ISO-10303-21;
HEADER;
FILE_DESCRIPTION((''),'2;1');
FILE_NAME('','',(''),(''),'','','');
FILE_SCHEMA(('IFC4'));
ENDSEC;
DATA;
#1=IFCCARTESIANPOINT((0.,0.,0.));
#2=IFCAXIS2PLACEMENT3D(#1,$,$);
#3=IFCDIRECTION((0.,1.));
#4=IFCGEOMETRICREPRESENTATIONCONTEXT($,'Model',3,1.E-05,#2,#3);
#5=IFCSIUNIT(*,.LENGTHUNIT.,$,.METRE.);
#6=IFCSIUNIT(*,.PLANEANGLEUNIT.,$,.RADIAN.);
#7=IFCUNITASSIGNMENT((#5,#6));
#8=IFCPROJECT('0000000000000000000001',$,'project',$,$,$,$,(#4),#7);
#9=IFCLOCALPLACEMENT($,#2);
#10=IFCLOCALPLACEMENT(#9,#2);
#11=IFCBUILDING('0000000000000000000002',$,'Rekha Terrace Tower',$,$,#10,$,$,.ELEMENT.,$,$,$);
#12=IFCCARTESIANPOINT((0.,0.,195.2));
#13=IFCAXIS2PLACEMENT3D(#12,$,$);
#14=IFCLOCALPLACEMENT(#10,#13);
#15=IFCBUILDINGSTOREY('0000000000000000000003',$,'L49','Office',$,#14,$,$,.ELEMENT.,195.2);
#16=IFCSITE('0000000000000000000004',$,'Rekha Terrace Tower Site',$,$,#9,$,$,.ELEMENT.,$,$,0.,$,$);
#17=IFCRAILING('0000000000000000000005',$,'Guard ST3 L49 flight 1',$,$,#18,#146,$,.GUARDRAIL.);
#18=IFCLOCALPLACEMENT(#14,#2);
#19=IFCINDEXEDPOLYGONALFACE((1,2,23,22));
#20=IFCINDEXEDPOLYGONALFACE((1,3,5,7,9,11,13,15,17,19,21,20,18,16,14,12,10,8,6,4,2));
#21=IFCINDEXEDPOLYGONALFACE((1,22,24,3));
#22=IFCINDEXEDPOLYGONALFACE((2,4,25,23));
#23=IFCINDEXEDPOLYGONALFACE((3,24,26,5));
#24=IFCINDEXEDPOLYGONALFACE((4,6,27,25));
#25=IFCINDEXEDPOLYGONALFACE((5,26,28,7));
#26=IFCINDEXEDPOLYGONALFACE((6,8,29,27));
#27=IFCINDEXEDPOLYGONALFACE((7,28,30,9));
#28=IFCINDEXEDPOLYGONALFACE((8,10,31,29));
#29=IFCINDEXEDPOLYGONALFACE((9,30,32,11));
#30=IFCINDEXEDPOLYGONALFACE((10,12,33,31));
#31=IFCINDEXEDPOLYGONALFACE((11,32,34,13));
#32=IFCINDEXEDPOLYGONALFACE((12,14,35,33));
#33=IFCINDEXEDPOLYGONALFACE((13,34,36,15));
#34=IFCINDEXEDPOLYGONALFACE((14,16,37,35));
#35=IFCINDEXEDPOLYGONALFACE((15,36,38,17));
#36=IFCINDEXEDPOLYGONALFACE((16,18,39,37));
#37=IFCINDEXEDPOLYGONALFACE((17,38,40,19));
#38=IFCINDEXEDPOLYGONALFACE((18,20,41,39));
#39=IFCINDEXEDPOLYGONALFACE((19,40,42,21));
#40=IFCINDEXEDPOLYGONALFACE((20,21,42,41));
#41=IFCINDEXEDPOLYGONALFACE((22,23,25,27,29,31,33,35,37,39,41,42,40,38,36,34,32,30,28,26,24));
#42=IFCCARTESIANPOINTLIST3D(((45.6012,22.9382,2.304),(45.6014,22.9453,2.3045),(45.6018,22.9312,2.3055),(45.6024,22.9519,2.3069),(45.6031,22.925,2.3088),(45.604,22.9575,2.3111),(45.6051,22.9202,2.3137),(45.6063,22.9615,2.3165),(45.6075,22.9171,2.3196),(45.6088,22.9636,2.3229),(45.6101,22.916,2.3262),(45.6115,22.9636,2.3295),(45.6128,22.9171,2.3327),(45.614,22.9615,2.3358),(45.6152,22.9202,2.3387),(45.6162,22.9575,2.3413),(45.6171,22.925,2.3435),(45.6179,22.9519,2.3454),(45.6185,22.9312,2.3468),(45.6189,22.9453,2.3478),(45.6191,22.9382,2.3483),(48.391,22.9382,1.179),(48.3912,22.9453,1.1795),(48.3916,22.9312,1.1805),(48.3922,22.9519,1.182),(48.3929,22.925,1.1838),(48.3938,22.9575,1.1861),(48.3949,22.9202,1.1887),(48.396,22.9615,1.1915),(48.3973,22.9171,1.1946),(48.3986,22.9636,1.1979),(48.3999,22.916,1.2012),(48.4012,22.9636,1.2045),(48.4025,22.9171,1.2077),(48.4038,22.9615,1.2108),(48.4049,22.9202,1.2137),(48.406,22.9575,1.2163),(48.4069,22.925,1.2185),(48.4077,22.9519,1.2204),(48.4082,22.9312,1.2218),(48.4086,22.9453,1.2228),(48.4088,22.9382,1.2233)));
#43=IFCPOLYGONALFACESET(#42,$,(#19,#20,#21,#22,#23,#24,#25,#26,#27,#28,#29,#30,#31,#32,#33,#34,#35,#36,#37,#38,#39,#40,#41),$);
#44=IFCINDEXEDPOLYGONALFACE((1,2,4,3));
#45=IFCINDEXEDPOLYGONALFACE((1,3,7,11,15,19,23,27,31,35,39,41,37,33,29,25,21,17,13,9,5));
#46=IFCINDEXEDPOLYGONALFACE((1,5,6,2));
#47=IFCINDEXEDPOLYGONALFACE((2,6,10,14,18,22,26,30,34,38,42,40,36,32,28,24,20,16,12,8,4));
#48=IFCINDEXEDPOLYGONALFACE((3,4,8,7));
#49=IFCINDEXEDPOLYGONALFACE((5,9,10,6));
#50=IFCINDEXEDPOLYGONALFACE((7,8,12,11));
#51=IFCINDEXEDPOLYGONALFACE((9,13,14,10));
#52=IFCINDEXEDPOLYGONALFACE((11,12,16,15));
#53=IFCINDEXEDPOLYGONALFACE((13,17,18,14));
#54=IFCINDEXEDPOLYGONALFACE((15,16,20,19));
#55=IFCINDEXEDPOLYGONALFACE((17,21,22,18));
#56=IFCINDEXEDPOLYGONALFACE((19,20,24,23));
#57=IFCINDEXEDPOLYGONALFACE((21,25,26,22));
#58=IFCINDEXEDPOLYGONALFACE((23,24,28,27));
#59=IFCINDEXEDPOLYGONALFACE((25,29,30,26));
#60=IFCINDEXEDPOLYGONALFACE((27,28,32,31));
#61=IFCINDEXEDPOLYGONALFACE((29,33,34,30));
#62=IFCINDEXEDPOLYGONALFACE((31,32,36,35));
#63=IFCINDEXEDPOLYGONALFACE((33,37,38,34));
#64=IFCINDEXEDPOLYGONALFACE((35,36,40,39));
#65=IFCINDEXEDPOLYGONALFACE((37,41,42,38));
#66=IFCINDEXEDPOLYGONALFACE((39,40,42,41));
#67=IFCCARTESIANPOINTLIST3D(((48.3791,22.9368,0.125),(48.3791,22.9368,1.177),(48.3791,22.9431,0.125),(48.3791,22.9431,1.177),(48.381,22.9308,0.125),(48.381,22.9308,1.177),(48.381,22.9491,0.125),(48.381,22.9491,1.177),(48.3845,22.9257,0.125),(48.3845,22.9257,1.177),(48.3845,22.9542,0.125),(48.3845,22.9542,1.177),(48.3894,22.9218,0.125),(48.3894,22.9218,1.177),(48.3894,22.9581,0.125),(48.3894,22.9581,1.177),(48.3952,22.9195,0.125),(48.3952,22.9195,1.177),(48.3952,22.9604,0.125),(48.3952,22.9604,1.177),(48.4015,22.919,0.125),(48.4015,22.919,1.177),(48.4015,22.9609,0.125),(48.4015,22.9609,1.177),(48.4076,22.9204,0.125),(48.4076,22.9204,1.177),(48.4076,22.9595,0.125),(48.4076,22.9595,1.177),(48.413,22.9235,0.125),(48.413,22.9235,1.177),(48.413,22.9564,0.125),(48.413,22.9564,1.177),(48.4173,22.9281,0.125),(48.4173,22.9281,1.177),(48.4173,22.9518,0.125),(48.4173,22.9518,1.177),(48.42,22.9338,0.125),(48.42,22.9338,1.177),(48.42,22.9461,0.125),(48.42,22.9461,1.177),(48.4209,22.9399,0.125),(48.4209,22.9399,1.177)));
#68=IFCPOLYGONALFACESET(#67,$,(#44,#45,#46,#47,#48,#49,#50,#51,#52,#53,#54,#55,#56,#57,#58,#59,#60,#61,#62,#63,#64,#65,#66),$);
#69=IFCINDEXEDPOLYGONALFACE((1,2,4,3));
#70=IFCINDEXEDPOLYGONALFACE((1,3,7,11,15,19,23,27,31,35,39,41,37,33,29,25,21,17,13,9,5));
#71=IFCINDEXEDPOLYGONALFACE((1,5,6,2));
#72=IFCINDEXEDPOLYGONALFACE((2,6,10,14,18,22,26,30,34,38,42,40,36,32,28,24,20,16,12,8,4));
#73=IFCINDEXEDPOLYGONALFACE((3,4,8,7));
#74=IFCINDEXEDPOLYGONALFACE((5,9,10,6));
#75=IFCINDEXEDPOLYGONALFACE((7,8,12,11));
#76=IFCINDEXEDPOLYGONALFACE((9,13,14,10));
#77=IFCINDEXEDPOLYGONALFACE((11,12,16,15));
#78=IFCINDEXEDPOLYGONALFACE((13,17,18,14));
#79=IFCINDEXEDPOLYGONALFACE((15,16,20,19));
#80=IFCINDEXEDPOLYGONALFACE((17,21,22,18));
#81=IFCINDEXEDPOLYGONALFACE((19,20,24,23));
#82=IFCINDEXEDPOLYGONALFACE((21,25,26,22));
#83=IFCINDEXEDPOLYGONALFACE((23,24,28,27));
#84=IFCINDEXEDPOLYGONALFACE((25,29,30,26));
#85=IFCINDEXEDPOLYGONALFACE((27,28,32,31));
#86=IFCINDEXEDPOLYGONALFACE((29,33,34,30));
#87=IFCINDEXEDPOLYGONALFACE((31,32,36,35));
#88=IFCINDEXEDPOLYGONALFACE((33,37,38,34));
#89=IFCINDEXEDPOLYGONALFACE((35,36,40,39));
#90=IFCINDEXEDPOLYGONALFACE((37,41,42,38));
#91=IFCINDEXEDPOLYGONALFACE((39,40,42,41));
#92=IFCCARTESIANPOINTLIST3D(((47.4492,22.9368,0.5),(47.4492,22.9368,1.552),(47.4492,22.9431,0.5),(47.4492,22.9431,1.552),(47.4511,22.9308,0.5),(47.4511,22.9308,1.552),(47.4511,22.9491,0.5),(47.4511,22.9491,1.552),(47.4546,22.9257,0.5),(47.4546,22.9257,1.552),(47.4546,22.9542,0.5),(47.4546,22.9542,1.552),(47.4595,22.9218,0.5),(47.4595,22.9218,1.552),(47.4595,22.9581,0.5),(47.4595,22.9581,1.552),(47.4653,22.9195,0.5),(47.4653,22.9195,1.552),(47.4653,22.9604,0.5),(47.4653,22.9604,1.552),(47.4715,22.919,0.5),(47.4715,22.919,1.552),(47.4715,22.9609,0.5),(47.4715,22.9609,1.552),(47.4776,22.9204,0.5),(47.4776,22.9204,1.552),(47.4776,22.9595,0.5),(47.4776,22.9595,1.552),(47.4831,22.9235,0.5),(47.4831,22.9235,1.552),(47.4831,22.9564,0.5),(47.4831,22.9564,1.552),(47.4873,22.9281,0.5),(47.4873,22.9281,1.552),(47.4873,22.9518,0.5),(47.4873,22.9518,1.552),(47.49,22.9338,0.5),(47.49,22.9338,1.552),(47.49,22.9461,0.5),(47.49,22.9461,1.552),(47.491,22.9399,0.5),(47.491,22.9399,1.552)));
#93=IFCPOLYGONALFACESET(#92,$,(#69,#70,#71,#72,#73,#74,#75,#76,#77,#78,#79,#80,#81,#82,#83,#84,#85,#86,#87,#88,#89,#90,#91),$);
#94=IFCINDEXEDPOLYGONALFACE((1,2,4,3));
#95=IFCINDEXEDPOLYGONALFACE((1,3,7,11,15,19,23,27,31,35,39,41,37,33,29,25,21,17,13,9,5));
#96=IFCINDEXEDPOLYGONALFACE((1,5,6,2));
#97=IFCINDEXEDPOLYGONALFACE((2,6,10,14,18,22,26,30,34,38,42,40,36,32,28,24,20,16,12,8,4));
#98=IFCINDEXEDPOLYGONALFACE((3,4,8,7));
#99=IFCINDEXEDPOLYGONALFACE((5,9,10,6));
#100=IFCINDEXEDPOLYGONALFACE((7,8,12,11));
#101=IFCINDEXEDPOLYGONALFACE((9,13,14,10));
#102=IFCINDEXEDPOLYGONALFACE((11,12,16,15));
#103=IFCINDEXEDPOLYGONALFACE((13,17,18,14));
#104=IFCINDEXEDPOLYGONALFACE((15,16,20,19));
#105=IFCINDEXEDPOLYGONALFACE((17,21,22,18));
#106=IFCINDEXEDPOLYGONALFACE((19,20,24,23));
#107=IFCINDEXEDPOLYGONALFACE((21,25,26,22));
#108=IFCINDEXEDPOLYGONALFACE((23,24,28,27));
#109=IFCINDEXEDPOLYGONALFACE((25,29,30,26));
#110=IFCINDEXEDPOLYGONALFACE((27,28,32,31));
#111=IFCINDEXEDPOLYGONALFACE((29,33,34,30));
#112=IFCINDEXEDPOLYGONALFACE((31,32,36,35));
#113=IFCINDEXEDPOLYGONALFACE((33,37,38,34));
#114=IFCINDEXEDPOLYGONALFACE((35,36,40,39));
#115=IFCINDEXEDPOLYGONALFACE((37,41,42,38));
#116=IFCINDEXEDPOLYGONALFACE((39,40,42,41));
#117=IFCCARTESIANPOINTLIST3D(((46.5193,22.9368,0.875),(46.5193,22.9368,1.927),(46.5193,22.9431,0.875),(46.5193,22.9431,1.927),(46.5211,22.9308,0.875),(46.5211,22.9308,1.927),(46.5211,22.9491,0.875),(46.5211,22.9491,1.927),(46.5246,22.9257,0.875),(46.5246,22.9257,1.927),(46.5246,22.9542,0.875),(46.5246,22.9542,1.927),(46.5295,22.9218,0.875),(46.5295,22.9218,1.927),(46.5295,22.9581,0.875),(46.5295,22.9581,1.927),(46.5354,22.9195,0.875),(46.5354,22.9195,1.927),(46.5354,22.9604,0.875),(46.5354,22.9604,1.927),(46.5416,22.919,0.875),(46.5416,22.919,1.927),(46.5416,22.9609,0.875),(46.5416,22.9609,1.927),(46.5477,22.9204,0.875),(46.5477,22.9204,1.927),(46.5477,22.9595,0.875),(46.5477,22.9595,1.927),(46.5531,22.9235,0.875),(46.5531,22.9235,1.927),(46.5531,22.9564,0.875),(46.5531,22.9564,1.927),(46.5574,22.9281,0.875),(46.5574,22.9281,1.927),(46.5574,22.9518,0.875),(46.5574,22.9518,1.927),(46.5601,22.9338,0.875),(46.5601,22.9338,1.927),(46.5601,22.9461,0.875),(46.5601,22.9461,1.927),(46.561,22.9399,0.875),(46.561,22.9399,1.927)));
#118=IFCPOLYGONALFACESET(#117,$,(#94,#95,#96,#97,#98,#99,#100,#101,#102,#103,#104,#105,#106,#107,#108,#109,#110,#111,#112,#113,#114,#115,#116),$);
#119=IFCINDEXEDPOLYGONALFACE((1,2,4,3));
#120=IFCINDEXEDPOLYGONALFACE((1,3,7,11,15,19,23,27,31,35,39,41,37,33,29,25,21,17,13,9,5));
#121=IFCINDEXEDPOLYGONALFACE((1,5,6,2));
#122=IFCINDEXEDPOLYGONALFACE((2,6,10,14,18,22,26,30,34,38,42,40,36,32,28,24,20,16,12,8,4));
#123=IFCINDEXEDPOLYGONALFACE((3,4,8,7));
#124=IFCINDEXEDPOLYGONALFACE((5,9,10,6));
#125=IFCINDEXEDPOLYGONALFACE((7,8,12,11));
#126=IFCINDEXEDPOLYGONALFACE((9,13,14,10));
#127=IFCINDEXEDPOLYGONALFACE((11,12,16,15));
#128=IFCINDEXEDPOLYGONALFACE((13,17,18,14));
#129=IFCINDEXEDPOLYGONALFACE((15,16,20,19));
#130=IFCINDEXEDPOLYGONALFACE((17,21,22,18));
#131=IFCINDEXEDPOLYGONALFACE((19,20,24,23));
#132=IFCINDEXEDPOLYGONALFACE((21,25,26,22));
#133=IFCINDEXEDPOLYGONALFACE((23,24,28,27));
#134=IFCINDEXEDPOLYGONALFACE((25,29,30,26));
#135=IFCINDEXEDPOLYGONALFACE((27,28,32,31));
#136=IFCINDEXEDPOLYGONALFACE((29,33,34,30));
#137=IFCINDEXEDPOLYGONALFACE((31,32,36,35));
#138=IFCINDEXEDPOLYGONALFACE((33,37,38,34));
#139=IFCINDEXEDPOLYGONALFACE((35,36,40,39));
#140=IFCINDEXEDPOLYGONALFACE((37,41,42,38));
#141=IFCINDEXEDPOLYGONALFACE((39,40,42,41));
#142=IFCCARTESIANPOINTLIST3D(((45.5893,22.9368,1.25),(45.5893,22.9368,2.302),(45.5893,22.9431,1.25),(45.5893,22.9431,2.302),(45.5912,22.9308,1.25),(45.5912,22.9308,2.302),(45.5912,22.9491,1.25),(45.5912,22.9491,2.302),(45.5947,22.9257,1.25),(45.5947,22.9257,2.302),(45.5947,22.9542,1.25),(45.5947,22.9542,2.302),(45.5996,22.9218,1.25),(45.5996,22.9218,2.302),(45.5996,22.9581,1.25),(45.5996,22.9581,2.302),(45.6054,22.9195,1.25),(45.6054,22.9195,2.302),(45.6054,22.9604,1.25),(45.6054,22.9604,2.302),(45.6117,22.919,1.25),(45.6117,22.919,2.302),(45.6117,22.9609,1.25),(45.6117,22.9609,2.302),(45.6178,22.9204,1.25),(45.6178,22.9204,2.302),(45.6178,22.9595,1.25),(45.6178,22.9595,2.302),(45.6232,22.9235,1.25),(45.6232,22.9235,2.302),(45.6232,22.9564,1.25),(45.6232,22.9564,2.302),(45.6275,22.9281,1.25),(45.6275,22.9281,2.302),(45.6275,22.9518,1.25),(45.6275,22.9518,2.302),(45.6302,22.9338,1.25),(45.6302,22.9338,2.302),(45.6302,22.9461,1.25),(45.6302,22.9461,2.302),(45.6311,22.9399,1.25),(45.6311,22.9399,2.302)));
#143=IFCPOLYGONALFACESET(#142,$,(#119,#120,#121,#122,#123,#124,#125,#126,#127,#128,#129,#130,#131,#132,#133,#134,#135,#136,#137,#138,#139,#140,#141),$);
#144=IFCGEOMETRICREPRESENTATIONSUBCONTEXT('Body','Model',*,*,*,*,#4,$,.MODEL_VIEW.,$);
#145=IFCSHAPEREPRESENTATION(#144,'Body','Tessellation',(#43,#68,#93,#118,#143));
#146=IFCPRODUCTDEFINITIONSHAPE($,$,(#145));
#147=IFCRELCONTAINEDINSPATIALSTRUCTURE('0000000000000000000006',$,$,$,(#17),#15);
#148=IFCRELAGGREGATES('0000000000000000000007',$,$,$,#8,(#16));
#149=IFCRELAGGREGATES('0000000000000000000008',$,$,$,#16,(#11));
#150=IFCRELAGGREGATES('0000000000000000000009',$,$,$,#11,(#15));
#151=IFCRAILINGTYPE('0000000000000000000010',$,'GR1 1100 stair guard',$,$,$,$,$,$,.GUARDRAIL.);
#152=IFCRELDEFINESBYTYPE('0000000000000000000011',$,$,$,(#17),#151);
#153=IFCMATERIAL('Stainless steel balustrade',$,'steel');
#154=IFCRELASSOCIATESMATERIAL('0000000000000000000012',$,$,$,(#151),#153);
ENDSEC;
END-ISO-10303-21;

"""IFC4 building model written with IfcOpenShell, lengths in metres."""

from ifc_helpers import new_model, si_unit, direction, frame, origin, origin_2d, place, context, subcontext, project, spatial, circle, extrude, material, type_object, element, save


model = new_model("IFC4")

# Units and contexts
model_context = context("Model", 3, precision=1e-05, world=origin(), true_north=direction((0.0, 1.0)))
body_context = subcontext(model_context, "Body", "Model", "MODEL_VIEW")
ifc_project = project(units=[si_unit("LENGTHUNIT", "METRE"), si_unit("PLANEANGLEUNIT", "RADIAN")], contexts=[model_context])

# Site, building, storey
site_placement = place(None, origin())
site = spatial("IfcSite", under=ifc_project, at=site_placement, Name="Rekha Terrace Tower Site", CompositionType="ELEMENT", RefElevation=0.0)
building_placement = place(site_placement, origin())
building = spatial("IfcBuilding", under=site, at=building_placement, Name="Rekha Terrace Tower", CompositionType="ELEMENT")
storey_placement = place(building_placement, frame((0.0, 0.0, 195.2)))
storey = spatial("IfcBuildingStorey", under=building, at=storey_placement, Name="L49", Description="Office", CompositionType="ELEMENT", Elevation=195.2)

# Railing
ifc_material_1 = material(Name="Stainless steel balustrade", Category="steel")
railing_type_1 = type_object("IfcRailingType", Name="GR1 1100 stair guard", PredefinedType="GUARDRAIL", material=ifc_material_1)
railing_1_placement = place(storey_placement, frame((48.3999, 22.9399, 0.125)))
element("IfcRailing", 1, at=railing_1_placement, inside=storey, type_object=railing_type_1, Name="Guard ST3 L49 flight 1", PredefinedType="GUARDRAIL", context=body_context, shape_type="SweptSolid", body=[
    extrude(circle(Radius=0.0239, at=origin_2d()), frame((0.0, 0.0, 1.0762), z_axis=(-0.927432, 0.0, 0.373992), x_axis=(0.0, -1.0, 0.0)), (0.0, 0.0, 1.0), 3.0081),
    extrude(circle(Radius=0.021, at=origin_2d()), origin(), (0.0, 0.0, 1.0), 1.052),
    extrude(circle(Radius=0.021, at=origin_2d()), frame((-0.9299, 0.0, 0.375)), (0.0, 0.0, 1.0), 1.052),
    extrude(circle(Radius=0.021, at=origin_2d()), frame((-1.8599, 0.0, 0.75)), (0.0, 0.0, 1.0), 1.052),
    extrude(circle(Radius=0.021, at=origin_2d()), frame((-2.7898, 0.0, 1.125)), (0.0, 0.0, 1.0), 1.052),
])

save(model, "model.ifc")
